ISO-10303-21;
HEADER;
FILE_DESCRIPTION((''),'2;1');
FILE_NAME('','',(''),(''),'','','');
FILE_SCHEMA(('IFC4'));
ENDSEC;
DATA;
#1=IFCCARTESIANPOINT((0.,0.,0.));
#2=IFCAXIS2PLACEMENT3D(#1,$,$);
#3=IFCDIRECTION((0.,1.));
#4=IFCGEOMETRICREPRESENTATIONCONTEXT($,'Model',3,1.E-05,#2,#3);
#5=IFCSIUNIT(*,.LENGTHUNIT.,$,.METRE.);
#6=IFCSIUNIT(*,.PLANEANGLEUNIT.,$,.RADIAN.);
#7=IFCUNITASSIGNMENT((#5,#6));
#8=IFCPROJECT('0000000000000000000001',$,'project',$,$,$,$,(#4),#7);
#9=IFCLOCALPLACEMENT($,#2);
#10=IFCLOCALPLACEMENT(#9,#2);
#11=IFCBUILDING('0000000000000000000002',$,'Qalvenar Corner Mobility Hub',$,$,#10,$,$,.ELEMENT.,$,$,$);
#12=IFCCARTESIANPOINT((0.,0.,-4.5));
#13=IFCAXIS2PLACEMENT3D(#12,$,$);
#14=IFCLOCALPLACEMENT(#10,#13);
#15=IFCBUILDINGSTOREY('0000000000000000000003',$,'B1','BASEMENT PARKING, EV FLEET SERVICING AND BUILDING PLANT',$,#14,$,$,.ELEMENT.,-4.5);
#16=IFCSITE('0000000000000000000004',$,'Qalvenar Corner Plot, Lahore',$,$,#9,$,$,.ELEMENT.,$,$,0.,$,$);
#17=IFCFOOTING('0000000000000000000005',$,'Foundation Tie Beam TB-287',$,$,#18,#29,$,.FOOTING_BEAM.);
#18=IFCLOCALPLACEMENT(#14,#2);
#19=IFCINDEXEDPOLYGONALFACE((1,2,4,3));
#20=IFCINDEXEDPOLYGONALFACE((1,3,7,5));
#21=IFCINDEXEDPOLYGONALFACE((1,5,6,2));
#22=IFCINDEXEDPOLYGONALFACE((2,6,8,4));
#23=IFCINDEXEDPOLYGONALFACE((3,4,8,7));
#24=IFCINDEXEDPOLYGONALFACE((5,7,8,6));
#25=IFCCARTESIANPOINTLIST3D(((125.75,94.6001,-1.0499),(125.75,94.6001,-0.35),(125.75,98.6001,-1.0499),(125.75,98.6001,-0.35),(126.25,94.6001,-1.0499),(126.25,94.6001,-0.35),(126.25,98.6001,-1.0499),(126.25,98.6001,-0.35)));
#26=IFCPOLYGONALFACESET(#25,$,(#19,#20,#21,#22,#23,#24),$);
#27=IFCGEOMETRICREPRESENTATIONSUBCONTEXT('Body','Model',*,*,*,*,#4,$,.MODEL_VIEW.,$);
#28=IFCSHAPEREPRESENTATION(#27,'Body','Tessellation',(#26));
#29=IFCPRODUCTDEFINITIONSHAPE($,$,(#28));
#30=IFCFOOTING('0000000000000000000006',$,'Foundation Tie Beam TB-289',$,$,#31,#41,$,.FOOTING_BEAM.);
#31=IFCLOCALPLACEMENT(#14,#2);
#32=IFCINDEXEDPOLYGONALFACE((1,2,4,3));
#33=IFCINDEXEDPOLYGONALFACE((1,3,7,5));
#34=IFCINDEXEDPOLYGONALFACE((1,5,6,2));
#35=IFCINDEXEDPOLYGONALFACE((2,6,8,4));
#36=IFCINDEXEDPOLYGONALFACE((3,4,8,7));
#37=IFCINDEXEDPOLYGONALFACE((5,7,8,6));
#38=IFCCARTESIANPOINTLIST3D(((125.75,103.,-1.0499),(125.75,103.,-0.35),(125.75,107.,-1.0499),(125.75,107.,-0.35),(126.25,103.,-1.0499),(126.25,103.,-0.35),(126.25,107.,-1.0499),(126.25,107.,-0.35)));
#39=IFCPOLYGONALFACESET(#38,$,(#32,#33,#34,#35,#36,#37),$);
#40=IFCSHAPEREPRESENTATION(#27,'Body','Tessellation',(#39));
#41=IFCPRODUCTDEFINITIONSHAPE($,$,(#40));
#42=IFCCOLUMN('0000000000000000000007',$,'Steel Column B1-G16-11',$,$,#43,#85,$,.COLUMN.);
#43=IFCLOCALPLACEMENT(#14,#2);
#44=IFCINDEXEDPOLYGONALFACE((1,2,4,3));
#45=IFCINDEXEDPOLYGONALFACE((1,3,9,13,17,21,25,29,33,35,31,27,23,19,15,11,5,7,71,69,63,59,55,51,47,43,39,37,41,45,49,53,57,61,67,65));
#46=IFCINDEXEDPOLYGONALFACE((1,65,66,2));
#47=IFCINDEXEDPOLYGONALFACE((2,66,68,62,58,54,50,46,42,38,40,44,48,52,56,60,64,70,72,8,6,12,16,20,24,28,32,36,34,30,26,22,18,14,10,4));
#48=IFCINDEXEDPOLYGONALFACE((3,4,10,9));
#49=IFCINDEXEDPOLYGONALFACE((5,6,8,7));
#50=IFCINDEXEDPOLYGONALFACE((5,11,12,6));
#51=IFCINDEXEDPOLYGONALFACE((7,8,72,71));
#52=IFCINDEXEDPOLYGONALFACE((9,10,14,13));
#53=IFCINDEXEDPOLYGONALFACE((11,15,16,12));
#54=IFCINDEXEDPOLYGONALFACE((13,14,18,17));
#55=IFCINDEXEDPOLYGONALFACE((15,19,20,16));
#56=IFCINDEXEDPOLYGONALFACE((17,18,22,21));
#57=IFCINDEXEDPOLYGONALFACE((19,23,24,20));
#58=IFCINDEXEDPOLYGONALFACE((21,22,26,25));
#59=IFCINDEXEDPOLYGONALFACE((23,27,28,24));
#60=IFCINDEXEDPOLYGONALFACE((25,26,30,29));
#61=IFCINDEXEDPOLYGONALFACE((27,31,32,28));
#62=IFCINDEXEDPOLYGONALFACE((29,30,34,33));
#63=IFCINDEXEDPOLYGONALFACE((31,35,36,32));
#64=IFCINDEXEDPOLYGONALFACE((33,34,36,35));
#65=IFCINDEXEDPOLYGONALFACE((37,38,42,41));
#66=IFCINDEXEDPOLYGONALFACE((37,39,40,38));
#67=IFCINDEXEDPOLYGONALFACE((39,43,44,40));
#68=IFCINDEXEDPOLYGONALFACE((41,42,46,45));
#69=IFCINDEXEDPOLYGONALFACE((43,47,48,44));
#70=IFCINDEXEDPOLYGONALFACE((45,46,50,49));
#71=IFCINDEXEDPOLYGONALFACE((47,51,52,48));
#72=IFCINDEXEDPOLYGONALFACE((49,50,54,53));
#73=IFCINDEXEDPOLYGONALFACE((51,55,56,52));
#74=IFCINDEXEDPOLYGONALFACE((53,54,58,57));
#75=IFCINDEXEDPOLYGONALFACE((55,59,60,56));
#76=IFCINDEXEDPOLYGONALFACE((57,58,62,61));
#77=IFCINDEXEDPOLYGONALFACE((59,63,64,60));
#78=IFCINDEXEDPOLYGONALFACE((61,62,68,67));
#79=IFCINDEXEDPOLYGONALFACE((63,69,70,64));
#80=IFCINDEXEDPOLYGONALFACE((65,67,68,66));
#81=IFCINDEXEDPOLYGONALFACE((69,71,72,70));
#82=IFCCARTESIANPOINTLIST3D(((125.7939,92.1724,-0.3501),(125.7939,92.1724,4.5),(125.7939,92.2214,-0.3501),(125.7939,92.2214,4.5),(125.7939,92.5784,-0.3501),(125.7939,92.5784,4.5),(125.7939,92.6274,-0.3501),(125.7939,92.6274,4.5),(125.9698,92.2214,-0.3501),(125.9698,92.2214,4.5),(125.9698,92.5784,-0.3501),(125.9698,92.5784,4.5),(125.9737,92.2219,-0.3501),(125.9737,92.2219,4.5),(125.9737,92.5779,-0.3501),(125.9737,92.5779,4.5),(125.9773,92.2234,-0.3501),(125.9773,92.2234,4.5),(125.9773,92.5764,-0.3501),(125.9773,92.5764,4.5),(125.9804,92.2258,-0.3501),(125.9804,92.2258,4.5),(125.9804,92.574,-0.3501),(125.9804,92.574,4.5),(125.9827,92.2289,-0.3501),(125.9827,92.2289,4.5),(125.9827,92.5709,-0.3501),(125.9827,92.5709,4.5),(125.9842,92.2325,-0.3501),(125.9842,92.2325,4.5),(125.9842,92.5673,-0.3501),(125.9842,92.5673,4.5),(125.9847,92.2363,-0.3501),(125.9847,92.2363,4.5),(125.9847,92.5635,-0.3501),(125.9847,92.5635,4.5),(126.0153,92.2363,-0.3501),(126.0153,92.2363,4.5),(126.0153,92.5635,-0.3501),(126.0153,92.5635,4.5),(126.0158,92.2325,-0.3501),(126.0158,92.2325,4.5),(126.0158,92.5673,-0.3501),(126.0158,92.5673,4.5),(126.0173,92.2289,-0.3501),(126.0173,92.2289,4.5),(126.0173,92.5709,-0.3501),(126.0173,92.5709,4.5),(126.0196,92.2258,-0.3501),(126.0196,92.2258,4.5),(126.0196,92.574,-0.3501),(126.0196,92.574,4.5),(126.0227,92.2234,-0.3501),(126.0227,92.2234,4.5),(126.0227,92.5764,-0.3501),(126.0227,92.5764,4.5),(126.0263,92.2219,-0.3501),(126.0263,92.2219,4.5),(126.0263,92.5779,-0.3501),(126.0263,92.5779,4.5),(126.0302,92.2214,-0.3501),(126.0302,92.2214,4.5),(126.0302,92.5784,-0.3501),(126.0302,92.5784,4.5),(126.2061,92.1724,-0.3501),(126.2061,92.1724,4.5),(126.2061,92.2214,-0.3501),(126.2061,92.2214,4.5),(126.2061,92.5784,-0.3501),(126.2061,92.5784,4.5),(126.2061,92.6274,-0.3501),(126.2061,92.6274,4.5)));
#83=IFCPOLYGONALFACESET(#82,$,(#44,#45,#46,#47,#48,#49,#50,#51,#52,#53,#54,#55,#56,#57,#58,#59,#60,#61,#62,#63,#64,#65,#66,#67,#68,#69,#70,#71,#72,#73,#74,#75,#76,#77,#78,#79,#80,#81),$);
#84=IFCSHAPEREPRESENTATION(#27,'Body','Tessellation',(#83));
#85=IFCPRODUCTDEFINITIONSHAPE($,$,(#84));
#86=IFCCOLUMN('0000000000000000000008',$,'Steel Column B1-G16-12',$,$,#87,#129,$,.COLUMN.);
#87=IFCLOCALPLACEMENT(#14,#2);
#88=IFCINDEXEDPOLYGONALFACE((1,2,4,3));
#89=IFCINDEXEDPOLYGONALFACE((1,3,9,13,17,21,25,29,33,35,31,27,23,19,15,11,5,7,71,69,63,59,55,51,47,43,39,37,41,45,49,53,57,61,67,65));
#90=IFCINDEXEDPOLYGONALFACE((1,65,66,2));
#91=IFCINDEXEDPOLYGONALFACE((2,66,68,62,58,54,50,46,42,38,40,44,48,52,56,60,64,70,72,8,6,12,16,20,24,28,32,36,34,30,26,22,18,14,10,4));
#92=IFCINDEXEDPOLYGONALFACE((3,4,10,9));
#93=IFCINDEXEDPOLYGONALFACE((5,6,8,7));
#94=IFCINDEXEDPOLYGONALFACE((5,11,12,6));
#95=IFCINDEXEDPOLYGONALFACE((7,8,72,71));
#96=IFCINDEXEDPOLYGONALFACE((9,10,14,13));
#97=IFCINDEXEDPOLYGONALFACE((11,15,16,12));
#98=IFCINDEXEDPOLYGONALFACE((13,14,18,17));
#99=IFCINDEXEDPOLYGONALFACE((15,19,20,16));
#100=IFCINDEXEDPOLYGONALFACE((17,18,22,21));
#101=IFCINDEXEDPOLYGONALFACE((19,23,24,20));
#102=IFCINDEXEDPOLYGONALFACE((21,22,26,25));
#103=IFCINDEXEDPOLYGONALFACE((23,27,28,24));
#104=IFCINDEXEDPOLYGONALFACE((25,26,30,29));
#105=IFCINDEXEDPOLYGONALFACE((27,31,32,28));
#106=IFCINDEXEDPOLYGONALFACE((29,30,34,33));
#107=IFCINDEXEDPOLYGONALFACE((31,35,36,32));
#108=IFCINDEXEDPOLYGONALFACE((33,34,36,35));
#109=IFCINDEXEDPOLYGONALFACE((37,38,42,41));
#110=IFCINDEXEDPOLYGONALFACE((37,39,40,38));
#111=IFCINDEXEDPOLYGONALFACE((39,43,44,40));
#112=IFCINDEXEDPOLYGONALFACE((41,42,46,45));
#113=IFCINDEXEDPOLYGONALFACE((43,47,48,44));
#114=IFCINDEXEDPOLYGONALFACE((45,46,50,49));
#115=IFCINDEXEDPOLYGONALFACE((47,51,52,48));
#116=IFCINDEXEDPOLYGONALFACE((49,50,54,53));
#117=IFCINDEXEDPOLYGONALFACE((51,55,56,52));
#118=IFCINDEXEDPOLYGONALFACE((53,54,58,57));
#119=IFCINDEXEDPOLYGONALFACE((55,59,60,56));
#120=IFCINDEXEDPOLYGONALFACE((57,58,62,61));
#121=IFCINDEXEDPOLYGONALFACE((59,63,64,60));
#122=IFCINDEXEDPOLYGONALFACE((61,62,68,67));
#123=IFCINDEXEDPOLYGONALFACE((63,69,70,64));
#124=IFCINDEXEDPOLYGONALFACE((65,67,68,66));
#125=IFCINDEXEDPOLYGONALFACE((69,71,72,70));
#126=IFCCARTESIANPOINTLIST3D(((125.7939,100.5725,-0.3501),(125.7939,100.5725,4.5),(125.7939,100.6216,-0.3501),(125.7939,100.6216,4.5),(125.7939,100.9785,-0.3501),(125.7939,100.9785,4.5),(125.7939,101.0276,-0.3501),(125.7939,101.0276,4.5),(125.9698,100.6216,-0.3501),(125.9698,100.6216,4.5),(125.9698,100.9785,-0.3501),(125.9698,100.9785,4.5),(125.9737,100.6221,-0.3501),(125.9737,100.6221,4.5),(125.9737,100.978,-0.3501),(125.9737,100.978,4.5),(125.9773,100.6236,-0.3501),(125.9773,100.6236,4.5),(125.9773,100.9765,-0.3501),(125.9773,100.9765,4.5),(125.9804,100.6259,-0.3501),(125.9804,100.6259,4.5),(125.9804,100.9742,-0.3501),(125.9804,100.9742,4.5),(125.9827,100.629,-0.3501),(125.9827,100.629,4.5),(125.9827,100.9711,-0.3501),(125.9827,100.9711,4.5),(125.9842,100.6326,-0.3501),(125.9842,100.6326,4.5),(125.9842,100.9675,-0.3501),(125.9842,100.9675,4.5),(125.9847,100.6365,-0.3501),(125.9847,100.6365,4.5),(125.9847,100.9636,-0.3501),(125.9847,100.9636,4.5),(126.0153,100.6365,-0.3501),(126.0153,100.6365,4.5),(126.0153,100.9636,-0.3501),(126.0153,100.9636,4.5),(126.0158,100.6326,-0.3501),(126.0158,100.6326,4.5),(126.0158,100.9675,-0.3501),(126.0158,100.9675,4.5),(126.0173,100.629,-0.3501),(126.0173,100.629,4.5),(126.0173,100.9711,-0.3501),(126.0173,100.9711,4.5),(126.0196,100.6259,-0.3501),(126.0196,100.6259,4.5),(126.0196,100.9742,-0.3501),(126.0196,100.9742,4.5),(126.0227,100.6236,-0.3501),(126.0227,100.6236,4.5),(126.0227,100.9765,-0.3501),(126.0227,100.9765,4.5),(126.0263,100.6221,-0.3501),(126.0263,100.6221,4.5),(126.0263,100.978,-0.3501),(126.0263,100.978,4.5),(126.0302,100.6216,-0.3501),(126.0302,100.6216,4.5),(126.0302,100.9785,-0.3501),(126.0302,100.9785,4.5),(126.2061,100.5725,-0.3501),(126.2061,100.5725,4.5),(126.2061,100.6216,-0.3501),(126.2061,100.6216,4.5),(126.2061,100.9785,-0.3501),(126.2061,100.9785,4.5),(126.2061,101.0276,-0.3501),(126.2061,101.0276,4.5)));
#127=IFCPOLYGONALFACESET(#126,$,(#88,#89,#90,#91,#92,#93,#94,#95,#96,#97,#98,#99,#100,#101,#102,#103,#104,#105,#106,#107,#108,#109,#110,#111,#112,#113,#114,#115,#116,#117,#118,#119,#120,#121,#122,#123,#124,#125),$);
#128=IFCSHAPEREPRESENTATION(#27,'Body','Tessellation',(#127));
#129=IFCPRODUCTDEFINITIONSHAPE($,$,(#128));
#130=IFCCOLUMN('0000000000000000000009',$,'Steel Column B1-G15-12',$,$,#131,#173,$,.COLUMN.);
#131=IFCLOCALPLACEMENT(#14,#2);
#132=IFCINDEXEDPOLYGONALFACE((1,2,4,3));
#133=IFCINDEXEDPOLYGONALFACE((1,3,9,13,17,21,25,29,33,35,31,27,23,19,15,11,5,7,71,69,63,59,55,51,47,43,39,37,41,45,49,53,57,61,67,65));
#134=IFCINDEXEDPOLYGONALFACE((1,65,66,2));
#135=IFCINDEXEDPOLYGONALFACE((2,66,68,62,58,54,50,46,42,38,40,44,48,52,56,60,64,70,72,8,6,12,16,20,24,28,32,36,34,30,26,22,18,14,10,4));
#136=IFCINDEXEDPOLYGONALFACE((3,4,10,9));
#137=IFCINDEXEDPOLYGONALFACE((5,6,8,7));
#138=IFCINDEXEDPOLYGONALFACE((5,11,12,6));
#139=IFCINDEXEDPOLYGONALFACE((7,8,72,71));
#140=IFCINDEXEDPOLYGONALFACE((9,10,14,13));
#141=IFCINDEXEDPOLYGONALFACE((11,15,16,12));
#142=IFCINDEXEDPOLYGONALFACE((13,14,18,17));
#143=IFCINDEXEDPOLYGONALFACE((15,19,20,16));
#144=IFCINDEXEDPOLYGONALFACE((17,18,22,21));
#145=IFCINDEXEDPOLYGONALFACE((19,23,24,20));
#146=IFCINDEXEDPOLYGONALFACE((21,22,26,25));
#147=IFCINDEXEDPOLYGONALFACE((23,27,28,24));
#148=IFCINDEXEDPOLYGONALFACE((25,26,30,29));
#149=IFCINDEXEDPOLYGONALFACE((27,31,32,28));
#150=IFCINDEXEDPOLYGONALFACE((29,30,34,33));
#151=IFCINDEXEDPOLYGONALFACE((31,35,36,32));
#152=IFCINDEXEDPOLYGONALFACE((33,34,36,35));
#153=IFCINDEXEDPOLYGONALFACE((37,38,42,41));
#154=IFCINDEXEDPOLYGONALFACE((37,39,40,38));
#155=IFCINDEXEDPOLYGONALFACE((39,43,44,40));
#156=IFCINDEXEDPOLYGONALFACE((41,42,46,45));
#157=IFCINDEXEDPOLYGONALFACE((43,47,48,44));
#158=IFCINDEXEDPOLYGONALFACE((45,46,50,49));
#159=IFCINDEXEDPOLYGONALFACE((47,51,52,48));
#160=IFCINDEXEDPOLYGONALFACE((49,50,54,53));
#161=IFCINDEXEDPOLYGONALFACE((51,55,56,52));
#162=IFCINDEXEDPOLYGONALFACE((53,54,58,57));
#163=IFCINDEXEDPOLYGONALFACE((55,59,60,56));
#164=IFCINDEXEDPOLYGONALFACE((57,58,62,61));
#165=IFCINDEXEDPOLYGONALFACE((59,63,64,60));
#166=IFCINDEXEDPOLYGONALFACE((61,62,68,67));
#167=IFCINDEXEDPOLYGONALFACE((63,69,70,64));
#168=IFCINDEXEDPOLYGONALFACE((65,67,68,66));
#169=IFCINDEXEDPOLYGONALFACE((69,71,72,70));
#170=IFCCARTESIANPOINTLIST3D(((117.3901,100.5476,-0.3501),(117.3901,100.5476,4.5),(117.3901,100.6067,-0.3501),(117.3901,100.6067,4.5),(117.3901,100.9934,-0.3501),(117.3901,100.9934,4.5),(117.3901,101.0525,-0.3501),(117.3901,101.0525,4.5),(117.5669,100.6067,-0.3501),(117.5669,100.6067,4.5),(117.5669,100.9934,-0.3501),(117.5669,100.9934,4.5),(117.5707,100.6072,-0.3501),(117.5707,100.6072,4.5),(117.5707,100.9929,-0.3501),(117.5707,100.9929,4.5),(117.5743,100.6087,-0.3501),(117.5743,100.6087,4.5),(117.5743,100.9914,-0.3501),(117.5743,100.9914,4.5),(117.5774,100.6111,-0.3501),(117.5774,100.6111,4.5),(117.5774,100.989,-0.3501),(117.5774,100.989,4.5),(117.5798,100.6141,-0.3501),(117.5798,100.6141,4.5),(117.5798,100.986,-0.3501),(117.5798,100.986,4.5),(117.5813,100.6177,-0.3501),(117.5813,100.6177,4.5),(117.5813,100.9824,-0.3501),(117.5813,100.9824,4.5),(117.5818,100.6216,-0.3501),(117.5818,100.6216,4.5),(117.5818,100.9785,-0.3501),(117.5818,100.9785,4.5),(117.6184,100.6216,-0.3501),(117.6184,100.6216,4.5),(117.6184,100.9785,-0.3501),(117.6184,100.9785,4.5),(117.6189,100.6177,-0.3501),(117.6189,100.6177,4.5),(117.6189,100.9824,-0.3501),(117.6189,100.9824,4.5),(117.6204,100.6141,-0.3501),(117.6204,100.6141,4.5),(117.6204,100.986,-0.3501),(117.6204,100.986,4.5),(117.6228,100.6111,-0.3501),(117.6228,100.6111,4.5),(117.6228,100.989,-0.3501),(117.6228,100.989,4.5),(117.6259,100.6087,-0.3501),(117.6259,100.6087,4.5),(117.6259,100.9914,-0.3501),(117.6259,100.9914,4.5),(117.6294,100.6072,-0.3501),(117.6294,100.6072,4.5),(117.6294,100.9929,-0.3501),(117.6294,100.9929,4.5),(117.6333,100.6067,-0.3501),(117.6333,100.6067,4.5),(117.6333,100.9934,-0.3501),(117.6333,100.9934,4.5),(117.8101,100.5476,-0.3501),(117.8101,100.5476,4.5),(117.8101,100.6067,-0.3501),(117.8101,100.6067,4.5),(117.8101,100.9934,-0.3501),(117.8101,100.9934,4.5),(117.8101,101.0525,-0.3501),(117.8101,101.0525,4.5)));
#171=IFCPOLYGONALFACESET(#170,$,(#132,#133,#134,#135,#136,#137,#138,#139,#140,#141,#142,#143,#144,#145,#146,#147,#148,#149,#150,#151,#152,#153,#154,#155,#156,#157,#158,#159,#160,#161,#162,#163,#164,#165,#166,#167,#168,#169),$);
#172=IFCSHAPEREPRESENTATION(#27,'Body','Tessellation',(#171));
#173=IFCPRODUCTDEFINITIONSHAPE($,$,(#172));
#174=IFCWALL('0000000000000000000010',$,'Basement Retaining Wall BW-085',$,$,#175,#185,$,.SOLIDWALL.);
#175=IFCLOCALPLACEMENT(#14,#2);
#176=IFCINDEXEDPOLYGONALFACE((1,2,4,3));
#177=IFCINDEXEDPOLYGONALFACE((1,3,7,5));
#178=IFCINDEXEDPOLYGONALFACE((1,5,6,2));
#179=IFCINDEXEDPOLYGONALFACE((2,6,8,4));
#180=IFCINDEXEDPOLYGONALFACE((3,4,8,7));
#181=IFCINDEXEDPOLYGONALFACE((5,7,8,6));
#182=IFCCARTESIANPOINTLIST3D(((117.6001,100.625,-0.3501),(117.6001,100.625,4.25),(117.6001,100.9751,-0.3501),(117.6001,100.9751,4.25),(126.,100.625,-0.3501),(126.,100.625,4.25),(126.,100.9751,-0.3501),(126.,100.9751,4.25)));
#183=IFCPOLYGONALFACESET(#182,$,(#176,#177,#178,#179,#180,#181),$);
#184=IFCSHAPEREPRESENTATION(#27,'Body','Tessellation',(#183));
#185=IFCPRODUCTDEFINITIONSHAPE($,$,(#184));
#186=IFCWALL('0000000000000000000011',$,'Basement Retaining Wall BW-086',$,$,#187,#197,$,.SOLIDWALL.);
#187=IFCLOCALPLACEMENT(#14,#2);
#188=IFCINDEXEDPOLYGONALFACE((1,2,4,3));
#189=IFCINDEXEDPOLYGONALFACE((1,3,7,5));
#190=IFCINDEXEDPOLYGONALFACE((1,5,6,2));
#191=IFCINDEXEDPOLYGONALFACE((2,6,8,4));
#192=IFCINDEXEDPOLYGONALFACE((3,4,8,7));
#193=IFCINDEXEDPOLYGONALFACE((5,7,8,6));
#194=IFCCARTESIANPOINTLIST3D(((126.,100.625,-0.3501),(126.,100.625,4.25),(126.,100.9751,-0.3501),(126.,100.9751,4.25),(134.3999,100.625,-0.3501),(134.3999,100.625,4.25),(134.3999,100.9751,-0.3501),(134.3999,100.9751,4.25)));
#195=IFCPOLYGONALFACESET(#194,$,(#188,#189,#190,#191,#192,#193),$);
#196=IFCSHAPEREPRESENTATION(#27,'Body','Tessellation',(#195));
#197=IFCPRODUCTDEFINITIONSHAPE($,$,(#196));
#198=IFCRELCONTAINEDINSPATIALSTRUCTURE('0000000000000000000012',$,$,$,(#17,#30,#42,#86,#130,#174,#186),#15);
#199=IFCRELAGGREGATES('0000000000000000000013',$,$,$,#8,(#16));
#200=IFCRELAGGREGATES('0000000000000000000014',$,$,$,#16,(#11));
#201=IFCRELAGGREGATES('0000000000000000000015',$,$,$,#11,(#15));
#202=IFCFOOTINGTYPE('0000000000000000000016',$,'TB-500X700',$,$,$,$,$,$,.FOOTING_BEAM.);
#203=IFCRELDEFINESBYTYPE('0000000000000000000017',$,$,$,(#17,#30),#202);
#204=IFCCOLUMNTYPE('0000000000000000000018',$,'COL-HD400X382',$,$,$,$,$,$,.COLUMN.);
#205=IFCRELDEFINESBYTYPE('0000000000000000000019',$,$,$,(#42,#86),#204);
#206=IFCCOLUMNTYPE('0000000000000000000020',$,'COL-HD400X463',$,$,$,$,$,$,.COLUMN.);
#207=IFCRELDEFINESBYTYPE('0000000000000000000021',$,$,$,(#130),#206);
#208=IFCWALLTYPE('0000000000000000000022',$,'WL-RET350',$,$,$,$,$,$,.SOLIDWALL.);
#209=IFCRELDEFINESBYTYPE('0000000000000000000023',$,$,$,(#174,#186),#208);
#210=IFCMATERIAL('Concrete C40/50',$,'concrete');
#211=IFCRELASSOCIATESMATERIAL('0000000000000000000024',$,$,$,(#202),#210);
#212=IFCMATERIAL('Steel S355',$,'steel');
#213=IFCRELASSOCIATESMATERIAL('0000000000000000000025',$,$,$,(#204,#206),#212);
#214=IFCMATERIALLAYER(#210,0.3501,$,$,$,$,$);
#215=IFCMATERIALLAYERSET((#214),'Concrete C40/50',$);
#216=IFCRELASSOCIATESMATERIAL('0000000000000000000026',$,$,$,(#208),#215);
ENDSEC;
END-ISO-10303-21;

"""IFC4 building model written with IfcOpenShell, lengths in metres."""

from ifc_helpers import new_model, si_unit, direction, frame, frame_2d, origin, origin_2d, place, context, subcontext, project, spatial, rectangle, i_section, extrude, material, layer, layer_set, material_profile, profile_set, type_object, element, save


model = new_model("IFC4")

# Units and contexts
model_context = context("Model", 3, precision=1e-05, world=origin(), true_north=direction((0.0, 1.0)))
body_context = subcontext(model_context, "Body", "Model", "MODEL_VIEW")
ifc_project = project(units=[si_unit("LENGTHUNIT", "METRE"), si_unit("PLANEANGLEUNIT", "RADIAN")], contexts=[model_context])

# Site, building, storey
site_placement = place(None, origin())
site = spatial("IfcSite", under=ifc_project, at=site_placement, Name="Qalvenar Corner Plot, Lahore", CompositionType="ELEMENT", RefElevation=0.0)
building_placement = place(site_placement, origin())
building = spatial("IfcBuilding", under=site, at=building_placement, Name="Qalvenar Corner Mobility Hub", CompositionType="ELEMENT")
storey_placement = place(building_placement, frame((0.0, 0.0, -4.5)))
storey = spatial("IfcBuildingStorey", under=building, at=storey_placement, Name="B1", Description="BASEMENT PARKING, EV FLEET SERVICING AND BUILDING PLANT", CompositionType="ELEMENT", Elevation=-4.5)

# Shared definitions
ifc_material_1 = material(Name="Concrete C40/50", Category="concrete")

# Footings
ifc_material_profile_1 = material_profile(ifc_material_1, rectangle(XDim=0.5, YDim=0.7, at=origin_2d()), Name="RC500x700")
ifc_profile_set_1 = profile_set([ifc_material_profile_1], Name="Concrete C40/50")
footing_type_1 = type_object("IfcFootingType", Name="TB-500X700", PredefinedType="FOOTING_BEAM", material=ifc_profile_set_1)
for number, where, z_axis, x_axis, name in (
    (1, (126.0, 94.6001, -0.7), (0.0, 1.0, 0.0), (-1.0, 0.0, 0.0), "Foundation Tie Beam TB-287"),
    (2, (126.0, 103.0, -0.7), (0.0, 1.0, 0.0), (-1.0, 0.0, 0.0), "Foundation Tie Beam TB-289"),
):
    element("IfcFooting", number, at=place(storey_placement, frame(where, z_axis=z_axis, x_axis=x_axis)), inside=storey, type_object=footing_type_1, Name=name, PredefinedType="FOOTING_BEAM", context=body_context, shape_type="SweptSolid", body=[
        extrude(rectangle(XDim=0.5, YDim=0.7, at=origin_2d()), origin(), (0.0, 0.0, 1.0), 4.0),
    ])

# Columns
ifc_material_2 = material(Name="Steel S355", Category="steel")
ifc_material_profile_2 = material_profile(ifc_material_2, i_section(OverallWidth=0.4121, OverallDepth=0.4551, WebThickness=0.0305, FlangeThickness=0.0491, FilletRadius=0.0149, at=origin_2d()), Name="HD400x421")
ifc_profile_set_2 = profile_set([ifc_material_profile_2], Name="Steel S355")
column_type_1 = type_object("IfcColumnType", Name="COL-HD400X382", PredefinedType="COLUMN", material=ifc_profile_set_2)
for number, where, z_axis, x_axis, name in (
    (3, (126.0, 92.3999, -0.3501), (0.0, 0.0, 1.0), (1.0, 0.0, 0.0), "Steel Column B1-G16-11"),
    (4, (126.0, 100.8, -0.3501), (0.0, 0.0, 1.0), (1.0, 0.0, 0.0), "Steel Column B1-G16-12"),
):
    element("IfcColumn", number, at=place(storey_placement, frame(where, z_axis=z_axis, x_axis=x_axis)), inside=storey, type_object=column_type_1, Name=name, PredefinedType="COLUMN", context=body_context, shape_type="SweptSolid", body=[
        extrude(i_section(OverallWidth=0.4121, OverallDepth=0.4551, WebThickness=0.0305, FlangeThickness=0.0491, FilletRadius=0.0149, at=origin_2d()), origin(), (0.0, 0.0, 1.0), 4.8501),
    ])
ifc_material_profile_3 = material_profile(ifc_material_2, i_section(OverallWidth=0.4199, OverallDepth=0.5049, WebThickness=0.0366, FlangeThickness=0.0591, FilletRadius=0.0149, at=origin_2d()), Name="HD400x551")
ifc_profile_set_3 = profile_set([ifc_material_profile_3], Name="Steel S355")
column_type_2 = type_object("IfcColumnType", Name="COL-HD400X463", PredefinedType="COLUMN", material=ifc_profile_set_3)
column_placement = place(storey_placement, frame((117.6001, 100.8, -0.3501), z_axis=(0.0, 0.0, 1.0), x_axis=(1.0, 0.0, 0.0)))
element("IfcColumn", 5, at=column_placement, inside=storey, type_object=column_type_2, Name="Steel Column B1-G15-12", PredefinedType="COLUMN", context=body_context, shape_type="SweptSolid", body=[
    extrude(i_section(OverallWidth=0.4199, OverallDepth=0.5049, WebThickness=0.0366, FlangeThickness=0.0591, FilletRadius=0.0149, at=origin_2d()), origin(), (0.0, 0.0, 1.0), 4.8501),
])

# Walls
ifc_layer = layer(ifc_material_1, 0.3501)
ifc_layer_set = layer_set([ifc_layer], Name="Concrete C40/50")
wall_type = type_object("IfcWallType", Name="WL-RET350", PredefinedType="SOLIDWALL", material=ifc_layer_set)
for number, where, z_axis, x_axis, name in (
    (6, (117.6001, 100.8, -0.3501), (0.0, 0.0, 1.0), (1.0, 0.0, 0.0), "Basement Retaining Wall BW-085"),
    (7, (126.0, 100.8, -0.3501), (0.0, 0.0, 1.0), (1.0, 0.0, 0.0), "Basement Retaining Wall BW-086"),
):
    element("IfcWall", number, at=place(storey_placement, frame(where, z_axis=z_axis, x_axis=x_axis)), inside=storey, type_object=wall_type, Name=name, PredefinedType="SOLIDWALL", context=body_context, shape_type="SweptSolid", body=[
        extrude(rectangle(XDim=8.3999, YDim=0.3501, at=frame_2d((4.2, 0.0))), origin(), (0.0, 0.0, 1.0), 4.6001),
    ])

save(model, "model.ifc")
